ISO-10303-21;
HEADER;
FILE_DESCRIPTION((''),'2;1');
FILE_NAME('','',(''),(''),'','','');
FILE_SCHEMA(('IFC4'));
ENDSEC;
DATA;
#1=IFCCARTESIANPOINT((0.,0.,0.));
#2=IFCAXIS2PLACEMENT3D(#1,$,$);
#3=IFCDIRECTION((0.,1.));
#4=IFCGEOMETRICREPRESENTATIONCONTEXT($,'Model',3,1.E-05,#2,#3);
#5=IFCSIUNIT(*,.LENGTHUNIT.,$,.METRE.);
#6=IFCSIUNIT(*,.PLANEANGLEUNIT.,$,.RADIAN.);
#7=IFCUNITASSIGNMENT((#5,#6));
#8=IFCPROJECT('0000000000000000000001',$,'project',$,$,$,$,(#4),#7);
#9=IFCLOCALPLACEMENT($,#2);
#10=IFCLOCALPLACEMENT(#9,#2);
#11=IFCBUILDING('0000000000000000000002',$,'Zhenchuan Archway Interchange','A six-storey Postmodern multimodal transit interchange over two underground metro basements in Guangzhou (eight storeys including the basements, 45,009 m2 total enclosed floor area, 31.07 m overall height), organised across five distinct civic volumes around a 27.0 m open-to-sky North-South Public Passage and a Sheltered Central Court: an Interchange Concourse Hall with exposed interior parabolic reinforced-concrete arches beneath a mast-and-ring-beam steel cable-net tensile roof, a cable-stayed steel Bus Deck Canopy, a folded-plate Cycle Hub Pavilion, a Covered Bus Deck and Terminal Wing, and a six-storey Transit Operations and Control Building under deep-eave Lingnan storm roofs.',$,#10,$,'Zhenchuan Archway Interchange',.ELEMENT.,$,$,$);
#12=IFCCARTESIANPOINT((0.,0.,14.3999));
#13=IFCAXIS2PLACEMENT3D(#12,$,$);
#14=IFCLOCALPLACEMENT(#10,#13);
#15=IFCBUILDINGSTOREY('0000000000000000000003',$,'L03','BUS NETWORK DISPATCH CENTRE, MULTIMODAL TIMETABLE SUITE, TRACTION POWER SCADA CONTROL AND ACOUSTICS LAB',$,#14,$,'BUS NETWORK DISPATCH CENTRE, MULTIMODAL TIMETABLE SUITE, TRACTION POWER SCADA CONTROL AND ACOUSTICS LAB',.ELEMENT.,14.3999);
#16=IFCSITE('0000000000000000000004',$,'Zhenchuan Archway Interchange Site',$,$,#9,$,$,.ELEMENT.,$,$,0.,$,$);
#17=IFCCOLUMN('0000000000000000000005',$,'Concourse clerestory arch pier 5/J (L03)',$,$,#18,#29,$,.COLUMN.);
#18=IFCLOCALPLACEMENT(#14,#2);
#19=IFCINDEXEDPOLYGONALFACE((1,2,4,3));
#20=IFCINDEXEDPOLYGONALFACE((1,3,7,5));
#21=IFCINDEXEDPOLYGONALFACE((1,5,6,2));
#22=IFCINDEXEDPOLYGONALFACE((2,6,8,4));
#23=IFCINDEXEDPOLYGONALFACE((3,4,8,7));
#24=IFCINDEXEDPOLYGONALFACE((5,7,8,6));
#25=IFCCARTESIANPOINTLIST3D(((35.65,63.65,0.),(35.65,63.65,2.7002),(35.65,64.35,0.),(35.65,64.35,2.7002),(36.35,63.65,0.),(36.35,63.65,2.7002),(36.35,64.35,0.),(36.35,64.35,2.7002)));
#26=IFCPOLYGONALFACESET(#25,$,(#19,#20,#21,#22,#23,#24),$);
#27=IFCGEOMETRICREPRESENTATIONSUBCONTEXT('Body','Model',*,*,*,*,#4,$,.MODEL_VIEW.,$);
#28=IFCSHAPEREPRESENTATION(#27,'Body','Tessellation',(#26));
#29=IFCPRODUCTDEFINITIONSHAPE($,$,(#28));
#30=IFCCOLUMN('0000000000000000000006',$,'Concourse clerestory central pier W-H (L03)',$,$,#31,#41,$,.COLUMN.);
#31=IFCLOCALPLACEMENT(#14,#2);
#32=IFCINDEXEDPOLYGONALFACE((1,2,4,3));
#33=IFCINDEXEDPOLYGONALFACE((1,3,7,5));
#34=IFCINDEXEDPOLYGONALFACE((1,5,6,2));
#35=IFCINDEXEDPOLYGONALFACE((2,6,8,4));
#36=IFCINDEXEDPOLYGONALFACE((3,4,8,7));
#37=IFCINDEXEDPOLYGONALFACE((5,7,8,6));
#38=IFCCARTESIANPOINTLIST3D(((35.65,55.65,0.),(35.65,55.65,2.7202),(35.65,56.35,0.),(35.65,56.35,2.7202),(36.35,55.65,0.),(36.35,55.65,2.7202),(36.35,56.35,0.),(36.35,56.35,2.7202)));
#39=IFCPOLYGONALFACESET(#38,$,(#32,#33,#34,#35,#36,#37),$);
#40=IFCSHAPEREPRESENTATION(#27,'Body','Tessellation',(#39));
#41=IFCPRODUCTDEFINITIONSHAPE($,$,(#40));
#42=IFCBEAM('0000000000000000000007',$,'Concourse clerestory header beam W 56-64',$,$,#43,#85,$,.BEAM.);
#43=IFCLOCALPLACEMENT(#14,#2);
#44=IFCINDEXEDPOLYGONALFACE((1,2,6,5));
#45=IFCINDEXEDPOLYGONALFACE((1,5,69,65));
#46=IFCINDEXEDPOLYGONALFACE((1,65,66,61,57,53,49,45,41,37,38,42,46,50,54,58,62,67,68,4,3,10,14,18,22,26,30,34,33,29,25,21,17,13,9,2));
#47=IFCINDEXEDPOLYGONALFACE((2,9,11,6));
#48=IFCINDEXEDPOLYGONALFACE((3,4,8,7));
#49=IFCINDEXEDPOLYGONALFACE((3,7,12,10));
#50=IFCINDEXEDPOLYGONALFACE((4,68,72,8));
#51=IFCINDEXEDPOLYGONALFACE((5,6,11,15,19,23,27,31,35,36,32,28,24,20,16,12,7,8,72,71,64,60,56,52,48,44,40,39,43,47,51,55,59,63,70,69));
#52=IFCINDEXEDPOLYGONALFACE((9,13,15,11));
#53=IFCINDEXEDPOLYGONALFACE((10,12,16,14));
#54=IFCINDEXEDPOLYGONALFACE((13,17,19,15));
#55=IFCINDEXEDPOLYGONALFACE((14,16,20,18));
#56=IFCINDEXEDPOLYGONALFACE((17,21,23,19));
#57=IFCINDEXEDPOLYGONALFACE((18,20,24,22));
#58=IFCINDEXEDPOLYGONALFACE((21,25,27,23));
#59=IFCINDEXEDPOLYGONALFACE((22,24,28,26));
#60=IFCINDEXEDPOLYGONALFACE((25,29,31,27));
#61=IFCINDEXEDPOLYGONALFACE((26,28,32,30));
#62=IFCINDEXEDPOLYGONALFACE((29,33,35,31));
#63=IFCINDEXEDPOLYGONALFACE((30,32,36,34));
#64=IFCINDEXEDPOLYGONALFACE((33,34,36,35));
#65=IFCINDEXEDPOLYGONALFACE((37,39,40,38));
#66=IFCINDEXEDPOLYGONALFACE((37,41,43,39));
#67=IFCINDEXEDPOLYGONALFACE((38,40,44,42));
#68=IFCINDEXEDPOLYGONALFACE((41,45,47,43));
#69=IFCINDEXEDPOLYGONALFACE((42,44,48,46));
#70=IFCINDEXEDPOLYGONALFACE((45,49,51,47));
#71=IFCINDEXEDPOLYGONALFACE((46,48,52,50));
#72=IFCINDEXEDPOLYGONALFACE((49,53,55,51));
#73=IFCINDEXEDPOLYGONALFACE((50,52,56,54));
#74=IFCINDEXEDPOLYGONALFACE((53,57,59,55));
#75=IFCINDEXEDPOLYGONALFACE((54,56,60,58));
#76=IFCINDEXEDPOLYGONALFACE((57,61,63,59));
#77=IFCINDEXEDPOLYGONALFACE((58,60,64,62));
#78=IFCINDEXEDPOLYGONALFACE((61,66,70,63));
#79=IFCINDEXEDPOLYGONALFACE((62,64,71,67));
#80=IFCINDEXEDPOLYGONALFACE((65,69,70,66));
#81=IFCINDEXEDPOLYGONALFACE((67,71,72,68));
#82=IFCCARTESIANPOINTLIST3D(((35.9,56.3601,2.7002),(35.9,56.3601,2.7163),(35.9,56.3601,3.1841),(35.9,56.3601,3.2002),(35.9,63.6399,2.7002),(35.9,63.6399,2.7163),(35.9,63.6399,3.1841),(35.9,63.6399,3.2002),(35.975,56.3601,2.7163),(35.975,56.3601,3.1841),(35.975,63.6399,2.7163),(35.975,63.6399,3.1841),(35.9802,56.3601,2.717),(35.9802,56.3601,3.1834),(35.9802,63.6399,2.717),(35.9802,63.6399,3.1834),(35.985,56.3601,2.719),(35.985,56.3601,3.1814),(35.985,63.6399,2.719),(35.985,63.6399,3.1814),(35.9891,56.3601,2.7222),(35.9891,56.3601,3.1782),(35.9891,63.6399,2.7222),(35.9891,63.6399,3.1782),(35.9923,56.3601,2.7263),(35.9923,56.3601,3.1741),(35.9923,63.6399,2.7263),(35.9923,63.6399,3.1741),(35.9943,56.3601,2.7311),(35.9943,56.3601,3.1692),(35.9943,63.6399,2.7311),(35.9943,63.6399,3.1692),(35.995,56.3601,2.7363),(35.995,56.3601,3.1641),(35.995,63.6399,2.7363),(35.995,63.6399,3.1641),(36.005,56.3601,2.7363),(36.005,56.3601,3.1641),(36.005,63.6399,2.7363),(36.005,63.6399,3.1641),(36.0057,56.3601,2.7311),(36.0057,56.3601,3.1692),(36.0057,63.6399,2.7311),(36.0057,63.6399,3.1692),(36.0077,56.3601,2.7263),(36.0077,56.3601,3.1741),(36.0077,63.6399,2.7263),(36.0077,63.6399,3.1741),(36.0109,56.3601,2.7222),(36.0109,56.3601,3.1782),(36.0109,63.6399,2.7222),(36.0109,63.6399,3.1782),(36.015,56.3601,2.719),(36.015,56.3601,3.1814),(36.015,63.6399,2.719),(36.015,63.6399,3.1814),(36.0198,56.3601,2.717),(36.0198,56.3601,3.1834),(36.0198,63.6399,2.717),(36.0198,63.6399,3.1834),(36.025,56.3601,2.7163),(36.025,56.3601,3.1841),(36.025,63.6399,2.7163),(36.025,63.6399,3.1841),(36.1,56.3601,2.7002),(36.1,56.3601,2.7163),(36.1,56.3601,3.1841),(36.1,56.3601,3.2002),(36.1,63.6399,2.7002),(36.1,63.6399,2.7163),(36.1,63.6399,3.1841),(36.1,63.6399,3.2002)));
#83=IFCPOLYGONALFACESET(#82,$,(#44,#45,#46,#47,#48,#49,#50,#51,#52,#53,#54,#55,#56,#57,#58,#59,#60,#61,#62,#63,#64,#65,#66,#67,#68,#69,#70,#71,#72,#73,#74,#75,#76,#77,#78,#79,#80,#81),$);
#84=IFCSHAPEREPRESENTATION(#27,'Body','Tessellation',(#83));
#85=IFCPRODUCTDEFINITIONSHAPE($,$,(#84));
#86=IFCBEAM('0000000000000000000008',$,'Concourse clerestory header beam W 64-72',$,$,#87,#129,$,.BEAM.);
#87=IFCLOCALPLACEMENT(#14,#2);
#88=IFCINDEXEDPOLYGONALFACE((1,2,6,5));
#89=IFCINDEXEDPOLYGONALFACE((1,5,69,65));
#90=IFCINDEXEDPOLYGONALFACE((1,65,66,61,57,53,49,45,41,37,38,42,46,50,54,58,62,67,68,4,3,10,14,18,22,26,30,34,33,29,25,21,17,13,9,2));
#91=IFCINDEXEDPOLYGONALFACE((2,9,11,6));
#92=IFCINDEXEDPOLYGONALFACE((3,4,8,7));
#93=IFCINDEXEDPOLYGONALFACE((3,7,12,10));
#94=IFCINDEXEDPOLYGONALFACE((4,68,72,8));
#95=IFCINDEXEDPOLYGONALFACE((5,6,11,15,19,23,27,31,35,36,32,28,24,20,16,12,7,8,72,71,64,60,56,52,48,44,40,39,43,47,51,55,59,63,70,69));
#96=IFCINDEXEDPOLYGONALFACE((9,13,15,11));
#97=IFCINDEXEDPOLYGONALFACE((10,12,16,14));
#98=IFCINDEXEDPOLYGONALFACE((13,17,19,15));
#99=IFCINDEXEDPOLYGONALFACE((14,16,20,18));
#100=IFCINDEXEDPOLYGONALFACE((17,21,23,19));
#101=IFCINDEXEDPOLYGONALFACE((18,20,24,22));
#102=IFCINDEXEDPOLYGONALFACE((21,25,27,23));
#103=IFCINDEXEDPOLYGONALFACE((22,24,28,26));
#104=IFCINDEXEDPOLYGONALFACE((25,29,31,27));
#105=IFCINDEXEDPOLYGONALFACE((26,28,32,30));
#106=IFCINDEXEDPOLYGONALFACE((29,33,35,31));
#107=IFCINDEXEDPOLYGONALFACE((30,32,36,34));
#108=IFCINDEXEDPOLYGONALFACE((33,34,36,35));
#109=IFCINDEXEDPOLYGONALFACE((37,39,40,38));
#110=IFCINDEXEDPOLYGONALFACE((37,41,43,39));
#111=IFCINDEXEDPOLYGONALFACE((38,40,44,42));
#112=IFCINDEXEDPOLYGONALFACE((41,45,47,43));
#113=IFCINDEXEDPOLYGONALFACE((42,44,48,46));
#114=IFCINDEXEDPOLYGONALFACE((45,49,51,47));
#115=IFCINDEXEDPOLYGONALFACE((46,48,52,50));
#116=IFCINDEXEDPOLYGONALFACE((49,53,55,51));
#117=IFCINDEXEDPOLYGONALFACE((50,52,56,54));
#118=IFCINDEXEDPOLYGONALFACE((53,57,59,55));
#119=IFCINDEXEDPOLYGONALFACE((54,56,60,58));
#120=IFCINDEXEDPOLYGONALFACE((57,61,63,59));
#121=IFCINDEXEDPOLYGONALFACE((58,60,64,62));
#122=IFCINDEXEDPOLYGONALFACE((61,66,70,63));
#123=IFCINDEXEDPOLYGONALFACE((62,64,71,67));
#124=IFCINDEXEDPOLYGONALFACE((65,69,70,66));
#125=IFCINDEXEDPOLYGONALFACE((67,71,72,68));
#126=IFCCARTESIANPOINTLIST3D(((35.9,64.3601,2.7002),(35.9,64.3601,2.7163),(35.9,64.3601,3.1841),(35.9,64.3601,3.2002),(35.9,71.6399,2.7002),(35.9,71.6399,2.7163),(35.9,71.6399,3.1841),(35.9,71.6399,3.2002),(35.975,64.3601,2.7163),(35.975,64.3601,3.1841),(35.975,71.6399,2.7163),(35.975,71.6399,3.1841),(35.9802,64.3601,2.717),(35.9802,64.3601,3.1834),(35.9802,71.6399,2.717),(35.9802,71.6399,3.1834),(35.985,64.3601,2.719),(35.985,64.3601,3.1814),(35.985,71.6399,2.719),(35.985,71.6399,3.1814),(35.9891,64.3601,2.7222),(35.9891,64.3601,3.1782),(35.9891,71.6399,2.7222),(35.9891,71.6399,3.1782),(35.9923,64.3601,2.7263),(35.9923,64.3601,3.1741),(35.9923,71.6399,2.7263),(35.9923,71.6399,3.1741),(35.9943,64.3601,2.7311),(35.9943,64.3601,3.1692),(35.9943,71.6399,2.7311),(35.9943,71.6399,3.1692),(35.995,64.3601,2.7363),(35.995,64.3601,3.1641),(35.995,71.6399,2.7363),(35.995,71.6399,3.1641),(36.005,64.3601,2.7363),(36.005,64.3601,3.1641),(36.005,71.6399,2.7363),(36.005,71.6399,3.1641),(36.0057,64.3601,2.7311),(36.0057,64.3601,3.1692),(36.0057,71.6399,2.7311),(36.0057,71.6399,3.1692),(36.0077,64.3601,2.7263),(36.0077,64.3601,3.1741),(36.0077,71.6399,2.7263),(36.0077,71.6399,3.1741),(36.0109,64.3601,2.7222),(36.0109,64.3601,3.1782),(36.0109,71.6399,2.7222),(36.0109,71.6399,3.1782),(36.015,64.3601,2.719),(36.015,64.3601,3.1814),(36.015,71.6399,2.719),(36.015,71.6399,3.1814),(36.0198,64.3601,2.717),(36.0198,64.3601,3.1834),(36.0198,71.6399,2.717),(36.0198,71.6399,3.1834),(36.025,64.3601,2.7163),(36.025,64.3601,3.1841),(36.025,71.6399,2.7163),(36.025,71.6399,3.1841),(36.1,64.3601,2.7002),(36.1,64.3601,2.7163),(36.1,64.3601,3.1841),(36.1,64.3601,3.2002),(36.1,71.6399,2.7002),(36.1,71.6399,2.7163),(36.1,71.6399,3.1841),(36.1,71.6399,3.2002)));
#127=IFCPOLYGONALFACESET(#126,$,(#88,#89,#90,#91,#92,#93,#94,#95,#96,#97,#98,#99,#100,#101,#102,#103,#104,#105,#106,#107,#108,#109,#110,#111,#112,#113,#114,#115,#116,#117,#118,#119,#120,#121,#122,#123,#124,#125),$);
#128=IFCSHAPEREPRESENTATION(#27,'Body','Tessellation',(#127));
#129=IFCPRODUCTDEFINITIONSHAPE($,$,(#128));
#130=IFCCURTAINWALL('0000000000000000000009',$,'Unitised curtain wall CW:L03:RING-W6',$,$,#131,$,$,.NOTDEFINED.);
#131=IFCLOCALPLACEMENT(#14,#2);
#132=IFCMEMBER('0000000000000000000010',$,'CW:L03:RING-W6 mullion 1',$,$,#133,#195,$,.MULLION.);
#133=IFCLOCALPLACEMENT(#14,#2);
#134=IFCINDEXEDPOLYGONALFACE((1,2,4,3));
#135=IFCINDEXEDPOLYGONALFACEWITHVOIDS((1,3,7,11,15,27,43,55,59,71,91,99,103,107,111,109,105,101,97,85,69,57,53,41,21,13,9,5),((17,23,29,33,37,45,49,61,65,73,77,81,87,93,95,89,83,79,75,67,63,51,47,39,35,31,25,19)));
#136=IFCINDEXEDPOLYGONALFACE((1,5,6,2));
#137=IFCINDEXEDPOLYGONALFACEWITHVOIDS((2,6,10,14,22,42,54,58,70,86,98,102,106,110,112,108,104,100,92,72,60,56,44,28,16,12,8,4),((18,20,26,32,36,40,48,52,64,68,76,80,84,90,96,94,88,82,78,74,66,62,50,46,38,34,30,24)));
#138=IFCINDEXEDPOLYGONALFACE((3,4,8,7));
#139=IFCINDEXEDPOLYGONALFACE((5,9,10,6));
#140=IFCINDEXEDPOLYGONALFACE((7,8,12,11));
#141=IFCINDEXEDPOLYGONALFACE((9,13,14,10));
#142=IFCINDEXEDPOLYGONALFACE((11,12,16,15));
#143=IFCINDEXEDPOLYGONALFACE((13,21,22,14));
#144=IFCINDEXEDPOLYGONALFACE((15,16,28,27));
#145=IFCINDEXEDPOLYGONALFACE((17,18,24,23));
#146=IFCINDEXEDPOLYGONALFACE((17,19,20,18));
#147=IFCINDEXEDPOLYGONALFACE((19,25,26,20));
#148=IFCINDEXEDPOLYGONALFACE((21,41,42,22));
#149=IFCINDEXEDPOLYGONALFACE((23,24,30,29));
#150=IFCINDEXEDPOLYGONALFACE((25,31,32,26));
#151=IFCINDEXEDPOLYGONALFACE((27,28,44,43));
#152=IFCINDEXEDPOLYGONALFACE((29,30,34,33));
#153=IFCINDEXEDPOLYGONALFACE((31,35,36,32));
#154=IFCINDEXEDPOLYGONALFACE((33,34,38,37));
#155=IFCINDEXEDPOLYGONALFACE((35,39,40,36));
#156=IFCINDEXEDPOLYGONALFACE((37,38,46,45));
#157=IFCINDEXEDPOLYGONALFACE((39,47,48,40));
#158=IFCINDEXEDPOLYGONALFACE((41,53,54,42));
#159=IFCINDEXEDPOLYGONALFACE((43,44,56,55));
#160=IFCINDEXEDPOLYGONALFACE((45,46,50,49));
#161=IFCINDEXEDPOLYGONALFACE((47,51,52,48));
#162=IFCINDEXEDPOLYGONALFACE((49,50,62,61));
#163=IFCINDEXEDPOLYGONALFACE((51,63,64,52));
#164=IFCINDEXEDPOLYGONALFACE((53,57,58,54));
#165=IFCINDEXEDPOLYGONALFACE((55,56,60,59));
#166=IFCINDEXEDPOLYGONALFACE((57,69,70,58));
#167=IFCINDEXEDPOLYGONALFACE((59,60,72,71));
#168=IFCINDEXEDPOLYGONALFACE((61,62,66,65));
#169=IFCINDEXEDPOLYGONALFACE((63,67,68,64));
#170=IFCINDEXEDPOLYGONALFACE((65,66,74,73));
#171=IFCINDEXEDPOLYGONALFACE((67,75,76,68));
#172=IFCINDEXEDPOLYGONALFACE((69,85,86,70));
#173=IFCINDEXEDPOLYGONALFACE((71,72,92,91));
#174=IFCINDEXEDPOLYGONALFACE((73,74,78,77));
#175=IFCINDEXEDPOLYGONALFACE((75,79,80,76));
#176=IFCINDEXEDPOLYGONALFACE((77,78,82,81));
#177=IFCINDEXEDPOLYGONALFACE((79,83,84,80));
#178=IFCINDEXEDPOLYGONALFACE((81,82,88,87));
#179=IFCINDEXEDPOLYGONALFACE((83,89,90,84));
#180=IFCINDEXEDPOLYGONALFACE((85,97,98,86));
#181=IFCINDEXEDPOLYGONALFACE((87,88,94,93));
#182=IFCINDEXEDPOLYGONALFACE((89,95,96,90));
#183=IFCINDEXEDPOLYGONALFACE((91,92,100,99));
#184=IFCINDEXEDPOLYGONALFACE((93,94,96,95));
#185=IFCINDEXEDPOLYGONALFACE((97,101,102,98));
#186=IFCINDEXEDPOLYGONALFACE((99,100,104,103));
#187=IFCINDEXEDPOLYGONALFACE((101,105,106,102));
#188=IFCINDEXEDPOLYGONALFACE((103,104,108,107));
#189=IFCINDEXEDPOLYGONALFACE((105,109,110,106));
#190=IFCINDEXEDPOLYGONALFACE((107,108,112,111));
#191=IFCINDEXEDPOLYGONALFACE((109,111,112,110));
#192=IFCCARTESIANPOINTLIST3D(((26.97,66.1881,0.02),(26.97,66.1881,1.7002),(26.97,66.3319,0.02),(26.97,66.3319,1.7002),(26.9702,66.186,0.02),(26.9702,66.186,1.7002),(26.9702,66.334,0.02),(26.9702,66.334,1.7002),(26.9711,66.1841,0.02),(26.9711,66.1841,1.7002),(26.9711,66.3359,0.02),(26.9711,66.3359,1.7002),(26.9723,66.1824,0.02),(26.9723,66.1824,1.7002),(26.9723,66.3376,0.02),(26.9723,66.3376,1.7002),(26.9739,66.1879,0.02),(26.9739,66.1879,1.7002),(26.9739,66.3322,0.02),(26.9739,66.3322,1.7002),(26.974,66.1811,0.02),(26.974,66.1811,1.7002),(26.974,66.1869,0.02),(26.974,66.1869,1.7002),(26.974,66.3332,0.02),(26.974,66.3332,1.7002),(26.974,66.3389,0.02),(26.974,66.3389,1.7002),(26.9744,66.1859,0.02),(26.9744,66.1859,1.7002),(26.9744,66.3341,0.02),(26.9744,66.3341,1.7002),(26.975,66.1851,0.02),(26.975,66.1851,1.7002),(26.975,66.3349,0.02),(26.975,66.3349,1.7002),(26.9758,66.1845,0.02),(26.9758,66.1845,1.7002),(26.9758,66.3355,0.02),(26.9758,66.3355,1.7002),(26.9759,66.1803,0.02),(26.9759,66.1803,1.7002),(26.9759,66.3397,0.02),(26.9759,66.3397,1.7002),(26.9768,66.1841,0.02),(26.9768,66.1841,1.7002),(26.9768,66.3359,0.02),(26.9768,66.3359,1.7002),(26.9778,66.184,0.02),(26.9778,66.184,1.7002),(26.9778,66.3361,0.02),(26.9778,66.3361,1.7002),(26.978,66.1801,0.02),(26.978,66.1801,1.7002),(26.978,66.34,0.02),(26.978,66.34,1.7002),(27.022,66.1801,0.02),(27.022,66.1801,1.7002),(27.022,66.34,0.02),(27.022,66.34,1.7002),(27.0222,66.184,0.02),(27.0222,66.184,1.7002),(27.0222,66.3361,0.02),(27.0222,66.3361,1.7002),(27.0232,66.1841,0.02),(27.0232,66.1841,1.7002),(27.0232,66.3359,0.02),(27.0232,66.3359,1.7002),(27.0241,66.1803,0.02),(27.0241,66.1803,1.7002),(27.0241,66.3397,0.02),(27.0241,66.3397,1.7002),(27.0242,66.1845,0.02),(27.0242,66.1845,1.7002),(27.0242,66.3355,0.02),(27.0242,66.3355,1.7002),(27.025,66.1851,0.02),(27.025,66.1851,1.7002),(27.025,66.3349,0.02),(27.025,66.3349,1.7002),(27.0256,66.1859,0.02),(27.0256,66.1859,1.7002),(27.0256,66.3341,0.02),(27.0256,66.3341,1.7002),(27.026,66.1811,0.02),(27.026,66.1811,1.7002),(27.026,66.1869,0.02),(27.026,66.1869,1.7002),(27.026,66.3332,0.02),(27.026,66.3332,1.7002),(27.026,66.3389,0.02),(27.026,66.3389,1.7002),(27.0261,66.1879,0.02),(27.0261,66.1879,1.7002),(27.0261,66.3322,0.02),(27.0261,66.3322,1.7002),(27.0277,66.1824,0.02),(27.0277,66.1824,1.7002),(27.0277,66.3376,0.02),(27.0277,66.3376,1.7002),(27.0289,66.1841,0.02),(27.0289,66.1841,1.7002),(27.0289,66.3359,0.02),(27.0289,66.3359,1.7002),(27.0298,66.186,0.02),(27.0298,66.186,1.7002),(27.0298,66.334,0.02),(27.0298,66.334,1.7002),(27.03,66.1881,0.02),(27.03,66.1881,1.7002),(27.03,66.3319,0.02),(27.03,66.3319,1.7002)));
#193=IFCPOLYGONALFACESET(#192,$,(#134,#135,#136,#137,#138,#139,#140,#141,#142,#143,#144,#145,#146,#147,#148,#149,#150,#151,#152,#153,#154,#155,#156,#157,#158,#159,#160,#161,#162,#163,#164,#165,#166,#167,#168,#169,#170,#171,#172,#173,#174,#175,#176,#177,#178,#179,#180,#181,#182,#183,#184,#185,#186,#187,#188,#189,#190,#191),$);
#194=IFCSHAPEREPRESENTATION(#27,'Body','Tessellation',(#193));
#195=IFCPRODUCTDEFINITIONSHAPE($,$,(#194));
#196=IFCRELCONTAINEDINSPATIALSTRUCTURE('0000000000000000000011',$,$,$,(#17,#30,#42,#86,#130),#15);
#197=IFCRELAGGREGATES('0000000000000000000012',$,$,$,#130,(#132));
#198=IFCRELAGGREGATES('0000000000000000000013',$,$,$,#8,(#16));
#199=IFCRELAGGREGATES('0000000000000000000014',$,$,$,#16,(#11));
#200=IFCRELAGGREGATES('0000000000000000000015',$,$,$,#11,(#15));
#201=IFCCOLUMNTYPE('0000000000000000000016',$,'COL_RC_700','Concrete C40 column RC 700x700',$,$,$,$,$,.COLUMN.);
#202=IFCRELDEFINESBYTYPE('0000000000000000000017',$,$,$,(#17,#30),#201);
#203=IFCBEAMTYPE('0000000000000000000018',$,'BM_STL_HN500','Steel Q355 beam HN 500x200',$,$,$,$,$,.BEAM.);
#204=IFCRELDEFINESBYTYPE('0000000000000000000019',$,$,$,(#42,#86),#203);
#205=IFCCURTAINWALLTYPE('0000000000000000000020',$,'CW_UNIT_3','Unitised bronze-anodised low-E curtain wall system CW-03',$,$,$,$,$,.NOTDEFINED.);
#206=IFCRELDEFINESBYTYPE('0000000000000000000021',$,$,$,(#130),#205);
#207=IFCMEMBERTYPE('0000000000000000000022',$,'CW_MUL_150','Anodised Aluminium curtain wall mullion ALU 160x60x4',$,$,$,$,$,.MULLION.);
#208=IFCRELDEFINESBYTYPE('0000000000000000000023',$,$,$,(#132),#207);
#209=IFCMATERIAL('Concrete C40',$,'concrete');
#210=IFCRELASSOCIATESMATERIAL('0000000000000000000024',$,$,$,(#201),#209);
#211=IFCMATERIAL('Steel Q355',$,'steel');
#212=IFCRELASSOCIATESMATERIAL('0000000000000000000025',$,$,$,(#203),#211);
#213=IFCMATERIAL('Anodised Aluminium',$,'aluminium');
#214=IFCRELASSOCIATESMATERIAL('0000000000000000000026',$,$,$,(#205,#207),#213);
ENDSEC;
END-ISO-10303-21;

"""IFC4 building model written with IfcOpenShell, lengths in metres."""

from ifc_helpers import new_model, si_unit, direction, frame, origin, origin_2d, place, context, subcontext, project, spatial, rectangle, hollow_rectangle, i_section, extrude, material, material_profile, profile_set, type_object, element, aggregate, save


model = new_model("IFC4")

# Units and contexts
model_context = context("Model", 3, precision=1e-05, world=origin(), true_north=direction((0.0, 1.0)))
body_context = subcontext(model_context, "Body", "Model", "MODEL_VIEW")
ifc_project = project(units=[si_unit("LENGTHUNIT", "METRE"), si_unit("PLANEANGLEUNIT", "RADIAN")], contexts=[model_context])

# Site, building, storey
site_placement = place(None, origin())
site = spatial("IfcSite", under=ifc_project, at=site_placement, Name="Zhenchuan Archway Interchange Site", CompositionType="ELEMENT", RefElevation=0.0)
building_placement = place(site_placement, origin())
building = spatial("IfcBuilding", under=site, at=building_placement, Name="Zhenchuan Archway Interchange", Description="A six-storey Postmodern multimodal transit interchange over two underground metro basements in Guangzhou (eight storeys including the basements, 45,009 m2 total enclosed floor area, 31.07 m overall height), organised across five distinct civic volumes around a 27.0 m open-to-sky North-South Public Passage and a Sheltered Central Court: an Interchange Concourse Hall with exposed interior parabolic reinforced-concrete arches beneath a mast-and-ring-beam steel cable-net tensile roof, a cable-stayed steel Bus Deck Canopy, a folded-plate Cycle Hub Pavilion, a Covered Bus Deck and Terminal Wing, and a six-storey Transit Operations and Control Building under deep-eave Lingnan storm roofs.", LongName="Zhenchuan Archway Interchange", CompositionType="ELEMENT")
storey_placement = place(building_placement, frame((0.0, 0.0, 14.3999)))
storey = spatial("IfcBuildingStorey", under=building, at=storey_placement, Name="L03", Description="BUS NETWORK DISPATCH CENTRE, MULTIMODAL TIMETABLE SUITE, TRACTION POWER SCADA CONTROL AND ACOUSTICS LAB", LongName="BUS NETWORK DISPATCH CENTRE, MULTIMODAL TIMETABLE SUITE, TRACTION POWER SCADA CONTROL AND ACOUSTICS LAB", CompositionType="ELEMENT", Elevation=14.3999)

# Columns
ifc_material_1 = material(Name="Concrete C40", Category="concrete")
ifc_material_profile_1 = material_profile(ifc_material_1, rectangle(XDim=0.7, YDim=0.7, at=origin_2d()), Name="RC 700x700")
ifc_profile_set_1 = profile_set([ifc_material_profile_1], Name="Concrete C40")
column_type = type_object("IfcColumnType", Name="COL_RC_700", Description="Concrete C40 column RC 700x700", PredefinedType="COLUMN", material=ifc_profile_set_1)
column_1_placement = place(storey_placement, frame((36.0, 64.0, 0.0), z_axis=(0.0, 0.0, 1.0), x_axis=(1.0, 0.0, 0.0)))
element("IfcColumn", 1, at=column_1_placement, inside=storey, type_object=column_type, Name="Concourse clerestory arch pier 5/J (L03)", PredefinedType="COLUMN", context=body_context, shape_type="SweptSolid", body=[
    extrude(rectangle(XDim=0.7, YDim=0.7, at=origin_2d()), origin(), (0.0, 0.0, 1.0), 2.7002),
])
column_2_placement = place(storey_placement, frame((36.0, 56.0, 0.0), z_axis=(0.0, 0.0, 1.0), x_axis=(1.0, 0.0, 0.0)))
element("IfcColumn", 2, at=column_2_placement, inside=storey, type_object=column_type, Name="Concourse clerestory central pier W-H (L03)", PredefinedType="COLUMN", context=body_context, shape_type="SweptSolid", body=[
    extrude(rectangle(XDim=0.7, YDim=0.7, at=origin_2d()), origin(), (0.0, 0.0, 1.0), 2.7202),
])

# Beams
ifc_material_2 = material(Name="Steel Q355", Category="steel")
ifc_material_profile_2 = material_profile(ifc_material_2, i_section(OverallWidth=0.2, OverallDepth=0.5, WebThickness=0.01, FlangeThickness=0.0161, FilletRadius=0.02, at=origin_2d()), Name="HN 500x200")
ifc_profile_set_2 = profile_set([ifc_material_profile_2], Name="Steel Q355")
beam_type = type_object("IfcBeamType", Name="BM_STL_HN500", Description="Steel Q355 beam HN 500x200", PredefinedType="BEAM", material=ifc_profile_set_2)
for number, where, z_axis, x_axis, name in (
    (3, (36.0, 56.3601, 2.9502), (0.0, 1.0, 0.0), (-1.0, 0.0, 0.0), "Concourse clerestory header beam W 56-64"),
    (4, (36.0, 64.3601, 2.9502), (0.0, 1.0, 0.0), (-1.0, 0.0, 0.0), "Concourse clerestory header beam W 64-72"),
):
    element("IfcBeam", number, at=place(storey_placement, frame(where, z_axis=z_axis, x_axis=x_axis)), inside=storey, type_object=beam_type, Name=name, PredefinedType="BEAM", context=body_context, shape_type="SweptSolid", body=[
        extrude(i_section(OverallWidth=0.2, OverallDepth=0.5, WebThickness=0.01, FlangeThickness=0.0161, FilletRadius=0.02, at=origin_2d()), origin(), (0.0, 0.0, 1.0), 7.2798),
    ])

# Curtain wall, member
ifc_material_3 = material(Name="Anodised Aluminium", Category="aluminium")
curtain_wall_type = type_object("IfcCurtainWallType", Name="CW_UNIT_3", Description="Unitised bronze-anodised low-E curtain wall system CW-03", PredefinedType="NOTDEFINED", material=ifc_material_3)
curtain_wall_placement = place(storey_placement, origin())
curtain_wall = element("IfcCurtainWall", 5, at=curtain_wall_placement, inside=storey, type_object=curtain_wall_type, Name="Unitised curtain wall CW:L03:RING-W6", PredefinedType="NOTDEFINED")
ifc_material_profile_3 = material_profile(ifc_material_3, hollow_rectangle(XDim=0.0601, YDim=0.1599, WallThickness=0.0039, InnerFilletRadius=0.0039, OuterFilletRadius=0.0081, at=origin_2d()), Name="ALU 160x60x4")
ifc_profile_set_3 = profile_set([ifc_material_profile_3], Name="Anodised Aluminium")
member_type_1 = type_object("IfcMemberType", Name="CW_MUL_150", Description="Anodised Aluminium curtain wall mullion ALU 160x60x4", PredefinedType="MULLION", material=ifc_profile_set_3)
member_1_placement = place(storey_placement, frame((27.0, 66.26, 0.02), z_axis=(0.0, 0.0, 1.0), x_axis=(1.0, 0.0, 0.0)))
member_1 = element("IfcMember", 6, at=member_1_placement, type_object=member_type_1, Name="CW:L03:RING-W6 mullion 1", PredefinedType="MULLION", context=body_context, shape_type="SweptSolid", body=[
    extrude(hollow_rectangle(XDim=0.0601, YDim=0.1599, WallThickness=0.0039, InnerFilletRadius=0.0039, OuterFilletRadius=0.0081, at=origin_2d()), origin(), (0.0, 0.0, 1.0), 1.6802),
])

aggregate(curtain_wall, [member_1])

save(model, "model.ifc")
